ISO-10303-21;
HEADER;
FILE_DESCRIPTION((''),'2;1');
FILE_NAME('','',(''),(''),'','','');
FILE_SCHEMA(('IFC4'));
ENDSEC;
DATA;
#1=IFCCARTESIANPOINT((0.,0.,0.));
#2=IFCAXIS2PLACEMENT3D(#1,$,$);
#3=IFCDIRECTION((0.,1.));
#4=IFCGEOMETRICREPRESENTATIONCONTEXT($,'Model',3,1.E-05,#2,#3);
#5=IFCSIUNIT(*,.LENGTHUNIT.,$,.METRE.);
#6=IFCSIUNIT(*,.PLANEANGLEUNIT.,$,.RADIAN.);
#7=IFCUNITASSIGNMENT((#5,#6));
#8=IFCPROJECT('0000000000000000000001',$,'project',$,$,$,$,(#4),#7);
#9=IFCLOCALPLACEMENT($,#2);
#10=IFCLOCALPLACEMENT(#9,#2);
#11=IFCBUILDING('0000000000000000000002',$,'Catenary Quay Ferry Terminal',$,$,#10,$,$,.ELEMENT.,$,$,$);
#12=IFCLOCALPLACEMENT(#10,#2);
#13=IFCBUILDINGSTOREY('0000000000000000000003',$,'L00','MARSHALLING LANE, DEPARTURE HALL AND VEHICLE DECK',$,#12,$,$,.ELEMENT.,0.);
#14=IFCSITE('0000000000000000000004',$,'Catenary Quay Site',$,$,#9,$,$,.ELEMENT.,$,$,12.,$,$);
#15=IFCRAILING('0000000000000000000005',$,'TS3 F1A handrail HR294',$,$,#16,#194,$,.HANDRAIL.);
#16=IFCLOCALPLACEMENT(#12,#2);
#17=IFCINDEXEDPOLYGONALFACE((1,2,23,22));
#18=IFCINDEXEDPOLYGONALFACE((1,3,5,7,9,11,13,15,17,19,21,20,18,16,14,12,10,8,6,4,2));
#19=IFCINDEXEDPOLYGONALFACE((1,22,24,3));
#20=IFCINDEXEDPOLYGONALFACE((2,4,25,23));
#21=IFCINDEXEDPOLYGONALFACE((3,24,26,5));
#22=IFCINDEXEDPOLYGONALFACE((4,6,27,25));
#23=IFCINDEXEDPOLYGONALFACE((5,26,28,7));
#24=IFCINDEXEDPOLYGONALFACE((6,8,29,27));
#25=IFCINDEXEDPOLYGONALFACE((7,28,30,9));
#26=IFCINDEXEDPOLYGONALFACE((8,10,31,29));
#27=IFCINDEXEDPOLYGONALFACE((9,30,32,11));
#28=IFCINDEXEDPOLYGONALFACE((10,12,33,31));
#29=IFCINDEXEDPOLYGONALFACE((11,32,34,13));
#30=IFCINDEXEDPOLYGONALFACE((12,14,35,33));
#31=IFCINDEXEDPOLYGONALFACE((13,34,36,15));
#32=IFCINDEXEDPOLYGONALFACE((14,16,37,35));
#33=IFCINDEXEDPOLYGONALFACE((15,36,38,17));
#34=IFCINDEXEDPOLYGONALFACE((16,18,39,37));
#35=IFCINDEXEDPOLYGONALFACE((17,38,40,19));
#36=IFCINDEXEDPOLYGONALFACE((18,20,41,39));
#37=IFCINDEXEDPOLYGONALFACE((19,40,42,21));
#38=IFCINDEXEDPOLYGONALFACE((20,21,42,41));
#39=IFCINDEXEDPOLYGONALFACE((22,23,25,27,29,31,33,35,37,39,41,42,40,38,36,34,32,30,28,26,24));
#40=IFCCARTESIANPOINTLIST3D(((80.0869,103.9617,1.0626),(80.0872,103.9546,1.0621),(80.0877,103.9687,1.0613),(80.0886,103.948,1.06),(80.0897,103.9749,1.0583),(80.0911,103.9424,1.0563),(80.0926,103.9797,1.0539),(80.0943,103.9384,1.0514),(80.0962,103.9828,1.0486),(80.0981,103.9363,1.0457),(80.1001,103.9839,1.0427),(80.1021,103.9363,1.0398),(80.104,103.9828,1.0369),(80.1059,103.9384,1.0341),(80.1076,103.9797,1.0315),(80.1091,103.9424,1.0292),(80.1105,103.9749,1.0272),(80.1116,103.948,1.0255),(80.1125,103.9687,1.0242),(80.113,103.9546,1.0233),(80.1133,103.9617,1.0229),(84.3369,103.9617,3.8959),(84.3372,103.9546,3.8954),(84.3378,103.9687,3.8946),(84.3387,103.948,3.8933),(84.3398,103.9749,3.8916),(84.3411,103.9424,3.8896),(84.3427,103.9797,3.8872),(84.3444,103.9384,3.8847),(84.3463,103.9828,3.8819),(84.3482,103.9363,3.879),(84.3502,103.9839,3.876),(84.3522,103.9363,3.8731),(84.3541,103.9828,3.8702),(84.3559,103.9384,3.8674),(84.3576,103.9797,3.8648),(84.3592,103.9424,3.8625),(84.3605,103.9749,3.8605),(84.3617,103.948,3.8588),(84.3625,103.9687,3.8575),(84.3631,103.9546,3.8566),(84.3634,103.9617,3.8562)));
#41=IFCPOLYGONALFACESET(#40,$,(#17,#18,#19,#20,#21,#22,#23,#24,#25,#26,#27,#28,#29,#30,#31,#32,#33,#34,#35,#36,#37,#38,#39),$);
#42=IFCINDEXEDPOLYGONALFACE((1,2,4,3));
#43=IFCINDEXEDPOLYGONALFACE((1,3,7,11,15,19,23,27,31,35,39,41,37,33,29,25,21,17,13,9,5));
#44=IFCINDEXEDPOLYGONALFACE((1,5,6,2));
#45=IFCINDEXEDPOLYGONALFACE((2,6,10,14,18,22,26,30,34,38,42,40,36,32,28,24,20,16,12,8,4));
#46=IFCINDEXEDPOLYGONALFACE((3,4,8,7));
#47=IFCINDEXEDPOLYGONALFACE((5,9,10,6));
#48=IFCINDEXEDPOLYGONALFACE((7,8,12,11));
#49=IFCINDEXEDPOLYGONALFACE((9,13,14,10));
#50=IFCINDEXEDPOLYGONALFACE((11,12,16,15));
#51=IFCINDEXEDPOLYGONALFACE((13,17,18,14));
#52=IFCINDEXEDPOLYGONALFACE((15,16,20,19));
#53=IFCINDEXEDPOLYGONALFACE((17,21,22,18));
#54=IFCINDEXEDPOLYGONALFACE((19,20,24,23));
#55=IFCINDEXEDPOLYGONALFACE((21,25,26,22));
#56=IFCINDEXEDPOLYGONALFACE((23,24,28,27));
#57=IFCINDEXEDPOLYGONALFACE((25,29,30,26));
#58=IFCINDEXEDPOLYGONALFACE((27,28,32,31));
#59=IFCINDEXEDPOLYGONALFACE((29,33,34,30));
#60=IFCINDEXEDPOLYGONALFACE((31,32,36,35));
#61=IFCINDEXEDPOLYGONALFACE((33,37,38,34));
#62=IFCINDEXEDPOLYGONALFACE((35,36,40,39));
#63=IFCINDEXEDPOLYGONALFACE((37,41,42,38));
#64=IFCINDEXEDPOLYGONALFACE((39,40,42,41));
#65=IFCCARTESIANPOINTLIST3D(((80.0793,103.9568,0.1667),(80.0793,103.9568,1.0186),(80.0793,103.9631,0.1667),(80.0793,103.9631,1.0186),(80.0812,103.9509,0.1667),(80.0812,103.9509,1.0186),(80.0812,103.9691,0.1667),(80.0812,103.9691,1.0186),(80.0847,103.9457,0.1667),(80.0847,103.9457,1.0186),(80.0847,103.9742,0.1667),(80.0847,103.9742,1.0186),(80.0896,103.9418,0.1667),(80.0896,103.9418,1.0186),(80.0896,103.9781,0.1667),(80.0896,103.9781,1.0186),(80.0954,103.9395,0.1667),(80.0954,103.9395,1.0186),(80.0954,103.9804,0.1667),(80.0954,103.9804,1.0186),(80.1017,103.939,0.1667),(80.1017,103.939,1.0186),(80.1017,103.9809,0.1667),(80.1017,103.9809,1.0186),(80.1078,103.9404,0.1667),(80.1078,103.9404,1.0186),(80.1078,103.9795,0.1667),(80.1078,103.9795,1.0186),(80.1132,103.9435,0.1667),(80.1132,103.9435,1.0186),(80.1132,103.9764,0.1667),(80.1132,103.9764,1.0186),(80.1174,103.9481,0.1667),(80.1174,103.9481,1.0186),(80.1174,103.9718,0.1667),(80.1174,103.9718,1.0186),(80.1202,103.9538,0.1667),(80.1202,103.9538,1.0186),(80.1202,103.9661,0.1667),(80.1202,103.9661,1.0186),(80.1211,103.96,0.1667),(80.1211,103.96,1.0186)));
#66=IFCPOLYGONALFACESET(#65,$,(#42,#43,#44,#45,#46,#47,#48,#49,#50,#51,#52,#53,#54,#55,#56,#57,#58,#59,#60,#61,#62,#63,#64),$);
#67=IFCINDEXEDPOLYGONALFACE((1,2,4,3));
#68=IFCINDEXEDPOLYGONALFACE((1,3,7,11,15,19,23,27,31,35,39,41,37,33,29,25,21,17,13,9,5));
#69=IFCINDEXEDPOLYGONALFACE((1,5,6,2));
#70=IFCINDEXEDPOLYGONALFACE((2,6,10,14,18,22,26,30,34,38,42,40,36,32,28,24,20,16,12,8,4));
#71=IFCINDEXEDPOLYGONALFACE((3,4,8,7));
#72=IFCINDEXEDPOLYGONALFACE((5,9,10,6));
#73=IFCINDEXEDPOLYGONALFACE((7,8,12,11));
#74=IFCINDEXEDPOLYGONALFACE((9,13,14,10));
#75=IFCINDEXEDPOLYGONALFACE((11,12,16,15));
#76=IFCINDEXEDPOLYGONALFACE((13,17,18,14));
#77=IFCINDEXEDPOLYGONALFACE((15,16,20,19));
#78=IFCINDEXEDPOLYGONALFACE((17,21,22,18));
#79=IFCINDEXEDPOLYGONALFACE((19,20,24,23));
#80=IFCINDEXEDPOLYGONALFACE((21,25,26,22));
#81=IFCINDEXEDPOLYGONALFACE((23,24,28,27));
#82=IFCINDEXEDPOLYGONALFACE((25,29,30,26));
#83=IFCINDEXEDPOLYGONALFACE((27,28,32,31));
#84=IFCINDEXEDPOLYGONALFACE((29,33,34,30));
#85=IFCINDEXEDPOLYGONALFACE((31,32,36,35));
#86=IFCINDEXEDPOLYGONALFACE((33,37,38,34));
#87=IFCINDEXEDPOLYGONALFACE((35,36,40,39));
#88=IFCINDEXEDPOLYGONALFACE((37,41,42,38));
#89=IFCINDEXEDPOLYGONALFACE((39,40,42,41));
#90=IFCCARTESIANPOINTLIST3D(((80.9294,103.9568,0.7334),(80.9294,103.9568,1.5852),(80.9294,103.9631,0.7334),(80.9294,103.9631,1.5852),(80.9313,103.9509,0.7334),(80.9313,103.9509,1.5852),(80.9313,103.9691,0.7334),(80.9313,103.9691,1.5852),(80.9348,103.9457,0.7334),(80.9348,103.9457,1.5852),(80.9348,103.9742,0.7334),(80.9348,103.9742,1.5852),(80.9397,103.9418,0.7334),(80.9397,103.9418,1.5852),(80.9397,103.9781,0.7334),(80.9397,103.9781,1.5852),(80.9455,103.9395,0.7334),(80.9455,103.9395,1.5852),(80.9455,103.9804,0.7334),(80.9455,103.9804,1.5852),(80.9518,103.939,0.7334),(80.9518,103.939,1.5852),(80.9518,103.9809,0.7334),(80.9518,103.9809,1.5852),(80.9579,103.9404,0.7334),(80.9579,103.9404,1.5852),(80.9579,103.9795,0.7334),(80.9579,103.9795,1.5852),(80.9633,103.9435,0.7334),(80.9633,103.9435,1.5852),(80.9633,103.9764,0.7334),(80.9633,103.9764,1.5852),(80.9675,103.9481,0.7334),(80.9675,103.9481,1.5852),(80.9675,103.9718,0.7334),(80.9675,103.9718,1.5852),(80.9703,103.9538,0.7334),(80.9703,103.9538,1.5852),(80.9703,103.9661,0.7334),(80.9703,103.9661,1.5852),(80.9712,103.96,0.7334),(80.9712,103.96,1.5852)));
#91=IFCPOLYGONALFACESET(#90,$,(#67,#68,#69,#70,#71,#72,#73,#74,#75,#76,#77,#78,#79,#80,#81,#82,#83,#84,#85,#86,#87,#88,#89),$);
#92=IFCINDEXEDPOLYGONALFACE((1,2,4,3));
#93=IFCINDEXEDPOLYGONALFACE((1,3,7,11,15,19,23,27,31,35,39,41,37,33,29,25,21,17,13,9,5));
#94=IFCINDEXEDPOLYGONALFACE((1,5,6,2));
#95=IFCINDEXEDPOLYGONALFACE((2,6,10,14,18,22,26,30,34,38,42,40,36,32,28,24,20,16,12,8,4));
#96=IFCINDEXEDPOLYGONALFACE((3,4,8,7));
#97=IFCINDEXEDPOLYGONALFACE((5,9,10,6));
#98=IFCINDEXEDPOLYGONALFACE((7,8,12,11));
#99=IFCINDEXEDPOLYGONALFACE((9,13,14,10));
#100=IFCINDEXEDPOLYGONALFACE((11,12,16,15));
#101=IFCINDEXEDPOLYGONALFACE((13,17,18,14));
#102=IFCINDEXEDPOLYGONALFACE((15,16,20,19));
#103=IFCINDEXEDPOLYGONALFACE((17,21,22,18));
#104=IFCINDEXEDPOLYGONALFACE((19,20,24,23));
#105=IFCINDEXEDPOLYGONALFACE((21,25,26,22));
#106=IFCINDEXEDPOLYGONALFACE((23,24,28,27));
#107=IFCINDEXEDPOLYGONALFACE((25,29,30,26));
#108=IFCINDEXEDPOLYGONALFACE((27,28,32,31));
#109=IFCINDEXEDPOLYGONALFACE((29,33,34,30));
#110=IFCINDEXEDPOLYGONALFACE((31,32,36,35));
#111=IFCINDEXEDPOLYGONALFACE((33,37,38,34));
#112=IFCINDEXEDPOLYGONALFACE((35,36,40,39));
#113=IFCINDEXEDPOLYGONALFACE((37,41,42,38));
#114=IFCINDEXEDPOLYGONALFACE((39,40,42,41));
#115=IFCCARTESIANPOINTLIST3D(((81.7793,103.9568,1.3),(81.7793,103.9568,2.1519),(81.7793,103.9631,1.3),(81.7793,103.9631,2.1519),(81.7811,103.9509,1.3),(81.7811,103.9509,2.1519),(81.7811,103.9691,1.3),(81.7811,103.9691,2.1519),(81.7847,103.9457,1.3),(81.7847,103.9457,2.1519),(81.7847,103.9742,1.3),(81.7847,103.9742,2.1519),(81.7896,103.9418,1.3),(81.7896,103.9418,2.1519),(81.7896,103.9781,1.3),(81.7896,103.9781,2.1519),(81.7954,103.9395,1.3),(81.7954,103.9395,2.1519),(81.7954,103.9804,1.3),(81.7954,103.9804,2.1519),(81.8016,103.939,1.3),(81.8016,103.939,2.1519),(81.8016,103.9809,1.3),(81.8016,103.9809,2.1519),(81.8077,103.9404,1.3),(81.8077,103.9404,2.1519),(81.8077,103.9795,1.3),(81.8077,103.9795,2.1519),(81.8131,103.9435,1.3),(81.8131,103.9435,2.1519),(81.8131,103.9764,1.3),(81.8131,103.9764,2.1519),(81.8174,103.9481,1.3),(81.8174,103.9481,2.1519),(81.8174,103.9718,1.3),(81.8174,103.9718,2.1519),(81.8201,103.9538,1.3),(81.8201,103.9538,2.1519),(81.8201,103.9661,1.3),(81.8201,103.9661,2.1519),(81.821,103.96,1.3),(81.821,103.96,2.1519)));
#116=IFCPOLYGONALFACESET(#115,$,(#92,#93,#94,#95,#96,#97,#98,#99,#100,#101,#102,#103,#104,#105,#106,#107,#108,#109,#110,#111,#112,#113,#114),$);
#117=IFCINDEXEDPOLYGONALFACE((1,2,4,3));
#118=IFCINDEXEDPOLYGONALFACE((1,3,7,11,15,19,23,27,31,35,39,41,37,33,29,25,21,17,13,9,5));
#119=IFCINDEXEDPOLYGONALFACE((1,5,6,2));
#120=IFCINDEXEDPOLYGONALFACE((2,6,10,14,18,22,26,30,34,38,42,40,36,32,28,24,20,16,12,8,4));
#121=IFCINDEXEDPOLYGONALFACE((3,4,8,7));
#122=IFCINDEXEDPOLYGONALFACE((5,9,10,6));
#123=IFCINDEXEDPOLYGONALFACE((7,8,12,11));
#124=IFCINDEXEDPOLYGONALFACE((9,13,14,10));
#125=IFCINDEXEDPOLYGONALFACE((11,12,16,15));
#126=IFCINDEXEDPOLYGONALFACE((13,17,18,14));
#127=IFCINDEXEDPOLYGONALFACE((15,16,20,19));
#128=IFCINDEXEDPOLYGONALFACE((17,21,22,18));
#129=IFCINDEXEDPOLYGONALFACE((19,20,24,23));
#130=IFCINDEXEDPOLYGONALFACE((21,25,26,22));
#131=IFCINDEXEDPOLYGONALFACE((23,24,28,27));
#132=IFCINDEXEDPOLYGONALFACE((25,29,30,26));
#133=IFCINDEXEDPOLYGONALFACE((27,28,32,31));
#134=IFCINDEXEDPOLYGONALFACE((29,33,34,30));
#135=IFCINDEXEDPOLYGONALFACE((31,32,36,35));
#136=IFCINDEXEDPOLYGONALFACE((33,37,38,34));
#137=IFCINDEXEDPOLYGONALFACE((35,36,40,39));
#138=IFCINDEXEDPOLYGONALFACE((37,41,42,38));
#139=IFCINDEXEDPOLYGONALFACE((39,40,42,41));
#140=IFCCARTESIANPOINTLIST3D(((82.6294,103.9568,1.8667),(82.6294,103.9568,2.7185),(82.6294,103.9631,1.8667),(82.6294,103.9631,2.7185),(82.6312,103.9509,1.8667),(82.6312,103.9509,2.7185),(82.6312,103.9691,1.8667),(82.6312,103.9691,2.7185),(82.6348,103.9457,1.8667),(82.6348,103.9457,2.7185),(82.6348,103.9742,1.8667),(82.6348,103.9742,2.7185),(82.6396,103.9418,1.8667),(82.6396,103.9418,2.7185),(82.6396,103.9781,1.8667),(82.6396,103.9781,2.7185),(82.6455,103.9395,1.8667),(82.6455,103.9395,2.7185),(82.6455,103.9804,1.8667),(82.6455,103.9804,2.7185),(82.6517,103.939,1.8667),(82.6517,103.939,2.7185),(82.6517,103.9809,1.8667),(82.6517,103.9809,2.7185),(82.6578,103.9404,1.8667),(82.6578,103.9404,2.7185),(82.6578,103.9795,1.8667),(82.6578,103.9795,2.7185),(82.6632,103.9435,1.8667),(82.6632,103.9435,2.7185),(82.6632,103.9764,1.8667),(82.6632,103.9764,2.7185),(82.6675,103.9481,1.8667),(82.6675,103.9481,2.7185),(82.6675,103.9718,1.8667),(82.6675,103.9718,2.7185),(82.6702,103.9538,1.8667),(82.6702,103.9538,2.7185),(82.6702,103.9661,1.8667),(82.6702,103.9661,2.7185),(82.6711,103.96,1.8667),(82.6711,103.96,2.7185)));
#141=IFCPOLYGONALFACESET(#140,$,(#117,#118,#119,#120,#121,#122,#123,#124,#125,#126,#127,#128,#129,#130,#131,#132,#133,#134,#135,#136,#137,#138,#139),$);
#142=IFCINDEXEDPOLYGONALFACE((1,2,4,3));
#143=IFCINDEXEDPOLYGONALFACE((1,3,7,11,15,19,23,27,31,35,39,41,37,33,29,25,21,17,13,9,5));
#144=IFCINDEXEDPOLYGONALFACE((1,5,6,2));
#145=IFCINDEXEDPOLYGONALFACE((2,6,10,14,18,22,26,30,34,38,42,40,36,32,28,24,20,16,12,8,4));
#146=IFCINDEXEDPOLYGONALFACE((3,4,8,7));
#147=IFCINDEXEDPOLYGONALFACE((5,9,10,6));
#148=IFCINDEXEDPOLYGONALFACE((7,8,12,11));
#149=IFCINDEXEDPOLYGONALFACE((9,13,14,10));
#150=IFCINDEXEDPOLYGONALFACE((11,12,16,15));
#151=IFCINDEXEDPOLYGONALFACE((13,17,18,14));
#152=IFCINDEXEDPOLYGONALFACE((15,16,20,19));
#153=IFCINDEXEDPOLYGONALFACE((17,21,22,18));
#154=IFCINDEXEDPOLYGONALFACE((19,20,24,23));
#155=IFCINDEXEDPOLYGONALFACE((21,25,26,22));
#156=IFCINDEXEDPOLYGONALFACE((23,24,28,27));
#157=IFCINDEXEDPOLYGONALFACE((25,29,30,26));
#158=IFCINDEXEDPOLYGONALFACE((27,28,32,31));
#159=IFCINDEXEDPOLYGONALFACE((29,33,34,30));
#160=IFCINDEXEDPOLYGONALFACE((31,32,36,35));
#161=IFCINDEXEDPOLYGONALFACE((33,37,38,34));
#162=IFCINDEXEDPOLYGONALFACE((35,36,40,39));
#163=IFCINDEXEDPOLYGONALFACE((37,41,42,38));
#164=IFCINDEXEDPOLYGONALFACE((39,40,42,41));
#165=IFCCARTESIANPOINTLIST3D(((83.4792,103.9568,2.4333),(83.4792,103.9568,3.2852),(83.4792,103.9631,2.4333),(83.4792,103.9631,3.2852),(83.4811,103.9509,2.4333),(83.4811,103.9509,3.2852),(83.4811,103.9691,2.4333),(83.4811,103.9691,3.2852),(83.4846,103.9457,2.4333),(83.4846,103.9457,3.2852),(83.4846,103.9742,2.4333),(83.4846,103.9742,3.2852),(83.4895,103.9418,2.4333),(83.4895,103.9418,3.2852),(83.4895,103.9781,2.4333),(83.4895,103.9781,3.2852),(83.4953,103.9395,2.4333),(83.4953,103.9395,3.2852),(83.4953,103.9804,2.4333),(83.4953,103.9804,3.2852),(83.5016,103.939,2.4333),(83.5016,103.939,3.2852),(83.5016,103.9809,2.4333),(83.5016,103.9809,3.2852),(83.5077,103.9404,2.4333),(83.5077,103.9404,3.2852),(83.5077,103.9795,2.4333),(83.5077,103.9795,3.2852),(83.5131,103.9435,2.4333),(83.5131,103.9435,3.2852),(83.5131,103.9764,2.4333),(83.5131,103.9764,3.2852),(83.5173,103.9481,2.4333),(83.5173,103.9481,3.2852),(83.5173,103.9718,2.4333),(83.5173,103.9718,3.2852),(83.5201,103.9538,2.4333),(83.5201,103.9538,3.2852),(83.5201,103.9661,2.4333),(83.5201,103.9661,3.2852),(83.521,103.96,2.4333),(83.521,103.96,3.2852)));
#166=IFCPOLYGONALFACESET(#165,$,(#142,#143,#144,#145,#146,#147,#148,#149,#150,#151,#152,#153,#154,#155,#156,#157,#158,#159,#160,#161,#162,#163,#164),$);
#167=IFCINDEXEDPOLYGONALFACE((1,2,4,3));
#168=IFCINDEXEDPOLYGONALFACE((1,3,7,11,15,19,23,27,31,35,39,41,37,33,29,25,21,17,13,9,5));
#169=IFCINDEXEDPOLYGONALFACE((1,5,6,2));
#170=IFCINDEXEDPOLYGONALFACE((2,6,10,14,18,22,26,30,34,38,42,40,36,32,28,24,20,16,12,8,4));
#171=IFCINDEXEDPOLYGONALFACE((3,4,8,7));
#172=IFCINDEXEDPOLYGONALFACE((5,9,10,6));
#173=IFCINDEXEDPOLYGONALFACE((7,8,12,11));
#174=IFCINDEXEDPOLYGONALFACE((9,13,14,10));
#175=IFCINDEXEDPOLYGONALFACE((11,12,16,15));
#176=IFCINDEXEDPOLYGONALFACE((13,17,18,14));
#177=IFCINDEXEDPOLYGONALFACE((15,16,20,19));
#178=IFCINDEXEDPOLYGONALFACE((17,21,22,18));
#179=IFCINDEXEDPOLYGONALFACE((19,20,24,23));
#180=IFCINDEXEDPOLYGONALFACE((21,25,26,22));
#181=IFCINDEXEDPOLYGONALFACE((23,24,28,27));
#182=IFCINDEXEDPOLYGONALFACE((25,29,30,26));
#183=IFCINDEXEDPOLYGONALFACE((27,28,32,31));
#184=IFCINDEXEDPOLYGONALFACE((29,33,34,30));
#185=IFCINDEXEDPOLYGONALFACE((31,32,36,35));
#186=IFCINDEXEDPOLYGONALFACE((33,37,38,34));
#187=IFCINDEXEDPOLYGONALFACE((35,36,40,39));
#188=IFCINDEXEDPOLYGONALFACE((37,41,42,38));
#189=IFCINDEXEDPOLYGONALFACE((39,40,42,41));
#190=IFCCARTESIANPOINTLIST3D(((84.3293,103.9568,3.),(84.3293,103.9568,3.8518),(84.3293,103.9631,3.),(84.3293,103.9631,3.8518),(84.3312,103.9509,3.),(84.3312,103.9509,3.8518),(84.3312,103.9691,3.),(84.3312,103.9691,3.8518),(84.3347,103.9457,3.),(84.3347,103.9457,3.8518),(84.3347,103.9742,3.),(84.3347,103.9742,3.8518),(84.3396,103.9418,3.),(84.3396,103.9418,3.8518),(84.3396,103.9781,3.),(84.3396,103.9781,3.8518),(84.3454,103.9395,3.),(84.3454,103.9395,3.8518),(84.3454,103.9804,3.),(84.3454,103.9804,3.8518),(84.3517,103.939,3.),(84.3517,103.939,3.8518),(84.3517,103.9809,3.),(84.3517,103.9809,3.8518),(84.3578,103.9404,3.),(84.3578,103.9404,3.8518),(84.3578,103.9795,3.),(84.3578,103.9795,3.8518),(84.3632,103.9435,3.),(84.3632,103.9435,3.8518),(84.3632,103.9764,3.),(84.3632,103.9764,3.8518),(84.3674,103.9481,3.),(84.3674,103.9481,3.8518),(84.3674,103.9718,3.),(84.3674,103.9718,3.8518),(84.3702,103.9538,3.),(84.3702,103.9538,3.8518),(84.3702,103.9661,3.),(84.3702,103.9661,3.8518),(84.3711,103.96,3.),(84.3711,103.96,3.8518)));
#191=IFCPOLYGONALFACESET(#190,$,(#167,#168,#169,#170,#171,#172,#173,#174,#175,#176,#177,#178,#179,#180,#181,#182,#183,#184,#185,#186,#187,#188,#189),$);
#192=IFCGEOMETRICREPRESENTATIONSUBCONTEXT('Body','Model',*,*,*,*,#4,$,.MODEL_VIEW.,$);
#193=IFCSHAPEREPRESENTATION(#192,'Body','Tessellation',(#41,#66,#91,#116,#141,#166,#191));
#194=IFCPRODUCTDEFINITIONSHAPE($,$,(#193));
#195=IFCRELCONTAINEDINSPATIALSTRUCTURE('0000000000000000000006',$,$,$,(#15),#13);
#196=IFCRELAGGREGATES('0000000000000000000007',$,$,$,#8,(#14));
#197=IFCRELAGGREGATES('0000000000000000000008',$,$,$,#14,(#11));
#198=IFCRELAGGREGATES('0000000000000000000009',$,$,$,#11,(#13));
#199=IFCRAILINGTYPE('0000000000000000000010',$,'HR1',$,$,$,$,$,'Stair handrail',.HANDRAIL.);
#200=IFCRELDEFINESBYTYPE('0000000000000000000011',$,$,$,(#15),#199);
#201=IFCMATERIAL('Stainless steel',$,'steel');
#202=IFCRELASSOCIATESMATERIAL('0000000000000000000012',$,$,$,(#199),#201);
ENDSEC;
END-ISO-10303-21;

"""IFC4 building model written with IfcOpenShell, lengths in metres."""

from ifc_helpers import new_model, si_unit, direction, frame, origin, origin_2d, place, context, subcontext, project, spatial, circle, extrude, material, type_object, element, save


model = new_model("IFC4")

# Units and contexts
model_context = context("Model", 3, precision=1e-05, world=origin(), true_north=direction((0.0, 1.0)))
body_context = subcontext(model_context, "Body", "Model", "MODEL_VIEW")
ifc_project = project(units=[si_unit("LENGTHUNIT", "METRE"), si_unit("PLANEANGLEUNIT", "RADIAN")], contexts=[model_context])

# Site, building, storey
site_placement = place(None, origin())
site = spatial("IfcSite", under=ifc_project, at=site_placement, Name="Catenary Quay Site", CompositionType="ELEMENT", RefElevation=12.0)
building_placement = place(site_placement, origin())
building = spatial("IfcBuilding", under=site, at=building_placement, Name="Catenary Quay Ferry Terminal", CompositionType="ELEMENT")
storey_placement = place(building_placement, origin())
storey = spatial("IfcBuildingStorey", under=building, at=storey_placement, Name="L00", Description="MARSHALLING LANE, DEPARTURE HALL AND VEHICLE DECK", CompositionType="ELEMENT", Elevation=0.0)

# Railing
ifc_material_1 = material(Name="Stainless steel", Category="steel")
railing_type_1 = type_object("IfcRailingType", Name="HR1", ElementType="Stair handrail", PredefinedType="HANDRAIL", material=ifc_material_1)
for number, where, name in (
    (1, (80.1001, 103.96, 0.1667), "TS3 F1A handrail HR294"),
):
    element("IfcRailing", number, at=place(storey_placement, frame(where)), inside=storey, type_object=railing_type_1, Name=name, PredefinedType="HANDRAIL", context=body_context, shape_type="SweptSolid", body=[
        extrude(circle(Radius=0.0239, at=origin_2d()), frame((0.0, 0.0, 0.876), z_axis=(0.832058, 0.0, 0.554689), x_axis=(0.0, 1.0, 0.0)), (0.0, 0.0, 1.0), 5.1079),
        extrude(circle(Radius=0.021, at=origin_2d()), origin(), (0.0, 0.0, 1.0), 0.8518),
        extrude(circle(Radius=0.021, at=origin_2d()), frame((0.8501, 0.0, 0.5667)), (0.0, 0.0, 1.0), 0.8518),
        extrude(circle(Radius=0.021, at=origin_2d()), frame((1.7, 0.0, 1.1333)), (0.0, 0.0, 1.0), 0.8518),
        extrude(circle(Radius=0.021, at=origin_2d()), frame((2.55, 0.0, 1.7)), (0.0, 0.0, 1.0), 0.8518),
        extrude(circle(Radius=0.021, at=origin_2d()), frame((3.3999, 0.0, 2.2666)), (0.0, 0.0, 1.0), 0.8518),
        extrude(circle(Radius=0.021, at=origin_2d()), frame((4.25, 0.0, 2.8333)), (0.0, 0.0, 1.0), 0.8518),
    ])

save(model, "model.ifc")
